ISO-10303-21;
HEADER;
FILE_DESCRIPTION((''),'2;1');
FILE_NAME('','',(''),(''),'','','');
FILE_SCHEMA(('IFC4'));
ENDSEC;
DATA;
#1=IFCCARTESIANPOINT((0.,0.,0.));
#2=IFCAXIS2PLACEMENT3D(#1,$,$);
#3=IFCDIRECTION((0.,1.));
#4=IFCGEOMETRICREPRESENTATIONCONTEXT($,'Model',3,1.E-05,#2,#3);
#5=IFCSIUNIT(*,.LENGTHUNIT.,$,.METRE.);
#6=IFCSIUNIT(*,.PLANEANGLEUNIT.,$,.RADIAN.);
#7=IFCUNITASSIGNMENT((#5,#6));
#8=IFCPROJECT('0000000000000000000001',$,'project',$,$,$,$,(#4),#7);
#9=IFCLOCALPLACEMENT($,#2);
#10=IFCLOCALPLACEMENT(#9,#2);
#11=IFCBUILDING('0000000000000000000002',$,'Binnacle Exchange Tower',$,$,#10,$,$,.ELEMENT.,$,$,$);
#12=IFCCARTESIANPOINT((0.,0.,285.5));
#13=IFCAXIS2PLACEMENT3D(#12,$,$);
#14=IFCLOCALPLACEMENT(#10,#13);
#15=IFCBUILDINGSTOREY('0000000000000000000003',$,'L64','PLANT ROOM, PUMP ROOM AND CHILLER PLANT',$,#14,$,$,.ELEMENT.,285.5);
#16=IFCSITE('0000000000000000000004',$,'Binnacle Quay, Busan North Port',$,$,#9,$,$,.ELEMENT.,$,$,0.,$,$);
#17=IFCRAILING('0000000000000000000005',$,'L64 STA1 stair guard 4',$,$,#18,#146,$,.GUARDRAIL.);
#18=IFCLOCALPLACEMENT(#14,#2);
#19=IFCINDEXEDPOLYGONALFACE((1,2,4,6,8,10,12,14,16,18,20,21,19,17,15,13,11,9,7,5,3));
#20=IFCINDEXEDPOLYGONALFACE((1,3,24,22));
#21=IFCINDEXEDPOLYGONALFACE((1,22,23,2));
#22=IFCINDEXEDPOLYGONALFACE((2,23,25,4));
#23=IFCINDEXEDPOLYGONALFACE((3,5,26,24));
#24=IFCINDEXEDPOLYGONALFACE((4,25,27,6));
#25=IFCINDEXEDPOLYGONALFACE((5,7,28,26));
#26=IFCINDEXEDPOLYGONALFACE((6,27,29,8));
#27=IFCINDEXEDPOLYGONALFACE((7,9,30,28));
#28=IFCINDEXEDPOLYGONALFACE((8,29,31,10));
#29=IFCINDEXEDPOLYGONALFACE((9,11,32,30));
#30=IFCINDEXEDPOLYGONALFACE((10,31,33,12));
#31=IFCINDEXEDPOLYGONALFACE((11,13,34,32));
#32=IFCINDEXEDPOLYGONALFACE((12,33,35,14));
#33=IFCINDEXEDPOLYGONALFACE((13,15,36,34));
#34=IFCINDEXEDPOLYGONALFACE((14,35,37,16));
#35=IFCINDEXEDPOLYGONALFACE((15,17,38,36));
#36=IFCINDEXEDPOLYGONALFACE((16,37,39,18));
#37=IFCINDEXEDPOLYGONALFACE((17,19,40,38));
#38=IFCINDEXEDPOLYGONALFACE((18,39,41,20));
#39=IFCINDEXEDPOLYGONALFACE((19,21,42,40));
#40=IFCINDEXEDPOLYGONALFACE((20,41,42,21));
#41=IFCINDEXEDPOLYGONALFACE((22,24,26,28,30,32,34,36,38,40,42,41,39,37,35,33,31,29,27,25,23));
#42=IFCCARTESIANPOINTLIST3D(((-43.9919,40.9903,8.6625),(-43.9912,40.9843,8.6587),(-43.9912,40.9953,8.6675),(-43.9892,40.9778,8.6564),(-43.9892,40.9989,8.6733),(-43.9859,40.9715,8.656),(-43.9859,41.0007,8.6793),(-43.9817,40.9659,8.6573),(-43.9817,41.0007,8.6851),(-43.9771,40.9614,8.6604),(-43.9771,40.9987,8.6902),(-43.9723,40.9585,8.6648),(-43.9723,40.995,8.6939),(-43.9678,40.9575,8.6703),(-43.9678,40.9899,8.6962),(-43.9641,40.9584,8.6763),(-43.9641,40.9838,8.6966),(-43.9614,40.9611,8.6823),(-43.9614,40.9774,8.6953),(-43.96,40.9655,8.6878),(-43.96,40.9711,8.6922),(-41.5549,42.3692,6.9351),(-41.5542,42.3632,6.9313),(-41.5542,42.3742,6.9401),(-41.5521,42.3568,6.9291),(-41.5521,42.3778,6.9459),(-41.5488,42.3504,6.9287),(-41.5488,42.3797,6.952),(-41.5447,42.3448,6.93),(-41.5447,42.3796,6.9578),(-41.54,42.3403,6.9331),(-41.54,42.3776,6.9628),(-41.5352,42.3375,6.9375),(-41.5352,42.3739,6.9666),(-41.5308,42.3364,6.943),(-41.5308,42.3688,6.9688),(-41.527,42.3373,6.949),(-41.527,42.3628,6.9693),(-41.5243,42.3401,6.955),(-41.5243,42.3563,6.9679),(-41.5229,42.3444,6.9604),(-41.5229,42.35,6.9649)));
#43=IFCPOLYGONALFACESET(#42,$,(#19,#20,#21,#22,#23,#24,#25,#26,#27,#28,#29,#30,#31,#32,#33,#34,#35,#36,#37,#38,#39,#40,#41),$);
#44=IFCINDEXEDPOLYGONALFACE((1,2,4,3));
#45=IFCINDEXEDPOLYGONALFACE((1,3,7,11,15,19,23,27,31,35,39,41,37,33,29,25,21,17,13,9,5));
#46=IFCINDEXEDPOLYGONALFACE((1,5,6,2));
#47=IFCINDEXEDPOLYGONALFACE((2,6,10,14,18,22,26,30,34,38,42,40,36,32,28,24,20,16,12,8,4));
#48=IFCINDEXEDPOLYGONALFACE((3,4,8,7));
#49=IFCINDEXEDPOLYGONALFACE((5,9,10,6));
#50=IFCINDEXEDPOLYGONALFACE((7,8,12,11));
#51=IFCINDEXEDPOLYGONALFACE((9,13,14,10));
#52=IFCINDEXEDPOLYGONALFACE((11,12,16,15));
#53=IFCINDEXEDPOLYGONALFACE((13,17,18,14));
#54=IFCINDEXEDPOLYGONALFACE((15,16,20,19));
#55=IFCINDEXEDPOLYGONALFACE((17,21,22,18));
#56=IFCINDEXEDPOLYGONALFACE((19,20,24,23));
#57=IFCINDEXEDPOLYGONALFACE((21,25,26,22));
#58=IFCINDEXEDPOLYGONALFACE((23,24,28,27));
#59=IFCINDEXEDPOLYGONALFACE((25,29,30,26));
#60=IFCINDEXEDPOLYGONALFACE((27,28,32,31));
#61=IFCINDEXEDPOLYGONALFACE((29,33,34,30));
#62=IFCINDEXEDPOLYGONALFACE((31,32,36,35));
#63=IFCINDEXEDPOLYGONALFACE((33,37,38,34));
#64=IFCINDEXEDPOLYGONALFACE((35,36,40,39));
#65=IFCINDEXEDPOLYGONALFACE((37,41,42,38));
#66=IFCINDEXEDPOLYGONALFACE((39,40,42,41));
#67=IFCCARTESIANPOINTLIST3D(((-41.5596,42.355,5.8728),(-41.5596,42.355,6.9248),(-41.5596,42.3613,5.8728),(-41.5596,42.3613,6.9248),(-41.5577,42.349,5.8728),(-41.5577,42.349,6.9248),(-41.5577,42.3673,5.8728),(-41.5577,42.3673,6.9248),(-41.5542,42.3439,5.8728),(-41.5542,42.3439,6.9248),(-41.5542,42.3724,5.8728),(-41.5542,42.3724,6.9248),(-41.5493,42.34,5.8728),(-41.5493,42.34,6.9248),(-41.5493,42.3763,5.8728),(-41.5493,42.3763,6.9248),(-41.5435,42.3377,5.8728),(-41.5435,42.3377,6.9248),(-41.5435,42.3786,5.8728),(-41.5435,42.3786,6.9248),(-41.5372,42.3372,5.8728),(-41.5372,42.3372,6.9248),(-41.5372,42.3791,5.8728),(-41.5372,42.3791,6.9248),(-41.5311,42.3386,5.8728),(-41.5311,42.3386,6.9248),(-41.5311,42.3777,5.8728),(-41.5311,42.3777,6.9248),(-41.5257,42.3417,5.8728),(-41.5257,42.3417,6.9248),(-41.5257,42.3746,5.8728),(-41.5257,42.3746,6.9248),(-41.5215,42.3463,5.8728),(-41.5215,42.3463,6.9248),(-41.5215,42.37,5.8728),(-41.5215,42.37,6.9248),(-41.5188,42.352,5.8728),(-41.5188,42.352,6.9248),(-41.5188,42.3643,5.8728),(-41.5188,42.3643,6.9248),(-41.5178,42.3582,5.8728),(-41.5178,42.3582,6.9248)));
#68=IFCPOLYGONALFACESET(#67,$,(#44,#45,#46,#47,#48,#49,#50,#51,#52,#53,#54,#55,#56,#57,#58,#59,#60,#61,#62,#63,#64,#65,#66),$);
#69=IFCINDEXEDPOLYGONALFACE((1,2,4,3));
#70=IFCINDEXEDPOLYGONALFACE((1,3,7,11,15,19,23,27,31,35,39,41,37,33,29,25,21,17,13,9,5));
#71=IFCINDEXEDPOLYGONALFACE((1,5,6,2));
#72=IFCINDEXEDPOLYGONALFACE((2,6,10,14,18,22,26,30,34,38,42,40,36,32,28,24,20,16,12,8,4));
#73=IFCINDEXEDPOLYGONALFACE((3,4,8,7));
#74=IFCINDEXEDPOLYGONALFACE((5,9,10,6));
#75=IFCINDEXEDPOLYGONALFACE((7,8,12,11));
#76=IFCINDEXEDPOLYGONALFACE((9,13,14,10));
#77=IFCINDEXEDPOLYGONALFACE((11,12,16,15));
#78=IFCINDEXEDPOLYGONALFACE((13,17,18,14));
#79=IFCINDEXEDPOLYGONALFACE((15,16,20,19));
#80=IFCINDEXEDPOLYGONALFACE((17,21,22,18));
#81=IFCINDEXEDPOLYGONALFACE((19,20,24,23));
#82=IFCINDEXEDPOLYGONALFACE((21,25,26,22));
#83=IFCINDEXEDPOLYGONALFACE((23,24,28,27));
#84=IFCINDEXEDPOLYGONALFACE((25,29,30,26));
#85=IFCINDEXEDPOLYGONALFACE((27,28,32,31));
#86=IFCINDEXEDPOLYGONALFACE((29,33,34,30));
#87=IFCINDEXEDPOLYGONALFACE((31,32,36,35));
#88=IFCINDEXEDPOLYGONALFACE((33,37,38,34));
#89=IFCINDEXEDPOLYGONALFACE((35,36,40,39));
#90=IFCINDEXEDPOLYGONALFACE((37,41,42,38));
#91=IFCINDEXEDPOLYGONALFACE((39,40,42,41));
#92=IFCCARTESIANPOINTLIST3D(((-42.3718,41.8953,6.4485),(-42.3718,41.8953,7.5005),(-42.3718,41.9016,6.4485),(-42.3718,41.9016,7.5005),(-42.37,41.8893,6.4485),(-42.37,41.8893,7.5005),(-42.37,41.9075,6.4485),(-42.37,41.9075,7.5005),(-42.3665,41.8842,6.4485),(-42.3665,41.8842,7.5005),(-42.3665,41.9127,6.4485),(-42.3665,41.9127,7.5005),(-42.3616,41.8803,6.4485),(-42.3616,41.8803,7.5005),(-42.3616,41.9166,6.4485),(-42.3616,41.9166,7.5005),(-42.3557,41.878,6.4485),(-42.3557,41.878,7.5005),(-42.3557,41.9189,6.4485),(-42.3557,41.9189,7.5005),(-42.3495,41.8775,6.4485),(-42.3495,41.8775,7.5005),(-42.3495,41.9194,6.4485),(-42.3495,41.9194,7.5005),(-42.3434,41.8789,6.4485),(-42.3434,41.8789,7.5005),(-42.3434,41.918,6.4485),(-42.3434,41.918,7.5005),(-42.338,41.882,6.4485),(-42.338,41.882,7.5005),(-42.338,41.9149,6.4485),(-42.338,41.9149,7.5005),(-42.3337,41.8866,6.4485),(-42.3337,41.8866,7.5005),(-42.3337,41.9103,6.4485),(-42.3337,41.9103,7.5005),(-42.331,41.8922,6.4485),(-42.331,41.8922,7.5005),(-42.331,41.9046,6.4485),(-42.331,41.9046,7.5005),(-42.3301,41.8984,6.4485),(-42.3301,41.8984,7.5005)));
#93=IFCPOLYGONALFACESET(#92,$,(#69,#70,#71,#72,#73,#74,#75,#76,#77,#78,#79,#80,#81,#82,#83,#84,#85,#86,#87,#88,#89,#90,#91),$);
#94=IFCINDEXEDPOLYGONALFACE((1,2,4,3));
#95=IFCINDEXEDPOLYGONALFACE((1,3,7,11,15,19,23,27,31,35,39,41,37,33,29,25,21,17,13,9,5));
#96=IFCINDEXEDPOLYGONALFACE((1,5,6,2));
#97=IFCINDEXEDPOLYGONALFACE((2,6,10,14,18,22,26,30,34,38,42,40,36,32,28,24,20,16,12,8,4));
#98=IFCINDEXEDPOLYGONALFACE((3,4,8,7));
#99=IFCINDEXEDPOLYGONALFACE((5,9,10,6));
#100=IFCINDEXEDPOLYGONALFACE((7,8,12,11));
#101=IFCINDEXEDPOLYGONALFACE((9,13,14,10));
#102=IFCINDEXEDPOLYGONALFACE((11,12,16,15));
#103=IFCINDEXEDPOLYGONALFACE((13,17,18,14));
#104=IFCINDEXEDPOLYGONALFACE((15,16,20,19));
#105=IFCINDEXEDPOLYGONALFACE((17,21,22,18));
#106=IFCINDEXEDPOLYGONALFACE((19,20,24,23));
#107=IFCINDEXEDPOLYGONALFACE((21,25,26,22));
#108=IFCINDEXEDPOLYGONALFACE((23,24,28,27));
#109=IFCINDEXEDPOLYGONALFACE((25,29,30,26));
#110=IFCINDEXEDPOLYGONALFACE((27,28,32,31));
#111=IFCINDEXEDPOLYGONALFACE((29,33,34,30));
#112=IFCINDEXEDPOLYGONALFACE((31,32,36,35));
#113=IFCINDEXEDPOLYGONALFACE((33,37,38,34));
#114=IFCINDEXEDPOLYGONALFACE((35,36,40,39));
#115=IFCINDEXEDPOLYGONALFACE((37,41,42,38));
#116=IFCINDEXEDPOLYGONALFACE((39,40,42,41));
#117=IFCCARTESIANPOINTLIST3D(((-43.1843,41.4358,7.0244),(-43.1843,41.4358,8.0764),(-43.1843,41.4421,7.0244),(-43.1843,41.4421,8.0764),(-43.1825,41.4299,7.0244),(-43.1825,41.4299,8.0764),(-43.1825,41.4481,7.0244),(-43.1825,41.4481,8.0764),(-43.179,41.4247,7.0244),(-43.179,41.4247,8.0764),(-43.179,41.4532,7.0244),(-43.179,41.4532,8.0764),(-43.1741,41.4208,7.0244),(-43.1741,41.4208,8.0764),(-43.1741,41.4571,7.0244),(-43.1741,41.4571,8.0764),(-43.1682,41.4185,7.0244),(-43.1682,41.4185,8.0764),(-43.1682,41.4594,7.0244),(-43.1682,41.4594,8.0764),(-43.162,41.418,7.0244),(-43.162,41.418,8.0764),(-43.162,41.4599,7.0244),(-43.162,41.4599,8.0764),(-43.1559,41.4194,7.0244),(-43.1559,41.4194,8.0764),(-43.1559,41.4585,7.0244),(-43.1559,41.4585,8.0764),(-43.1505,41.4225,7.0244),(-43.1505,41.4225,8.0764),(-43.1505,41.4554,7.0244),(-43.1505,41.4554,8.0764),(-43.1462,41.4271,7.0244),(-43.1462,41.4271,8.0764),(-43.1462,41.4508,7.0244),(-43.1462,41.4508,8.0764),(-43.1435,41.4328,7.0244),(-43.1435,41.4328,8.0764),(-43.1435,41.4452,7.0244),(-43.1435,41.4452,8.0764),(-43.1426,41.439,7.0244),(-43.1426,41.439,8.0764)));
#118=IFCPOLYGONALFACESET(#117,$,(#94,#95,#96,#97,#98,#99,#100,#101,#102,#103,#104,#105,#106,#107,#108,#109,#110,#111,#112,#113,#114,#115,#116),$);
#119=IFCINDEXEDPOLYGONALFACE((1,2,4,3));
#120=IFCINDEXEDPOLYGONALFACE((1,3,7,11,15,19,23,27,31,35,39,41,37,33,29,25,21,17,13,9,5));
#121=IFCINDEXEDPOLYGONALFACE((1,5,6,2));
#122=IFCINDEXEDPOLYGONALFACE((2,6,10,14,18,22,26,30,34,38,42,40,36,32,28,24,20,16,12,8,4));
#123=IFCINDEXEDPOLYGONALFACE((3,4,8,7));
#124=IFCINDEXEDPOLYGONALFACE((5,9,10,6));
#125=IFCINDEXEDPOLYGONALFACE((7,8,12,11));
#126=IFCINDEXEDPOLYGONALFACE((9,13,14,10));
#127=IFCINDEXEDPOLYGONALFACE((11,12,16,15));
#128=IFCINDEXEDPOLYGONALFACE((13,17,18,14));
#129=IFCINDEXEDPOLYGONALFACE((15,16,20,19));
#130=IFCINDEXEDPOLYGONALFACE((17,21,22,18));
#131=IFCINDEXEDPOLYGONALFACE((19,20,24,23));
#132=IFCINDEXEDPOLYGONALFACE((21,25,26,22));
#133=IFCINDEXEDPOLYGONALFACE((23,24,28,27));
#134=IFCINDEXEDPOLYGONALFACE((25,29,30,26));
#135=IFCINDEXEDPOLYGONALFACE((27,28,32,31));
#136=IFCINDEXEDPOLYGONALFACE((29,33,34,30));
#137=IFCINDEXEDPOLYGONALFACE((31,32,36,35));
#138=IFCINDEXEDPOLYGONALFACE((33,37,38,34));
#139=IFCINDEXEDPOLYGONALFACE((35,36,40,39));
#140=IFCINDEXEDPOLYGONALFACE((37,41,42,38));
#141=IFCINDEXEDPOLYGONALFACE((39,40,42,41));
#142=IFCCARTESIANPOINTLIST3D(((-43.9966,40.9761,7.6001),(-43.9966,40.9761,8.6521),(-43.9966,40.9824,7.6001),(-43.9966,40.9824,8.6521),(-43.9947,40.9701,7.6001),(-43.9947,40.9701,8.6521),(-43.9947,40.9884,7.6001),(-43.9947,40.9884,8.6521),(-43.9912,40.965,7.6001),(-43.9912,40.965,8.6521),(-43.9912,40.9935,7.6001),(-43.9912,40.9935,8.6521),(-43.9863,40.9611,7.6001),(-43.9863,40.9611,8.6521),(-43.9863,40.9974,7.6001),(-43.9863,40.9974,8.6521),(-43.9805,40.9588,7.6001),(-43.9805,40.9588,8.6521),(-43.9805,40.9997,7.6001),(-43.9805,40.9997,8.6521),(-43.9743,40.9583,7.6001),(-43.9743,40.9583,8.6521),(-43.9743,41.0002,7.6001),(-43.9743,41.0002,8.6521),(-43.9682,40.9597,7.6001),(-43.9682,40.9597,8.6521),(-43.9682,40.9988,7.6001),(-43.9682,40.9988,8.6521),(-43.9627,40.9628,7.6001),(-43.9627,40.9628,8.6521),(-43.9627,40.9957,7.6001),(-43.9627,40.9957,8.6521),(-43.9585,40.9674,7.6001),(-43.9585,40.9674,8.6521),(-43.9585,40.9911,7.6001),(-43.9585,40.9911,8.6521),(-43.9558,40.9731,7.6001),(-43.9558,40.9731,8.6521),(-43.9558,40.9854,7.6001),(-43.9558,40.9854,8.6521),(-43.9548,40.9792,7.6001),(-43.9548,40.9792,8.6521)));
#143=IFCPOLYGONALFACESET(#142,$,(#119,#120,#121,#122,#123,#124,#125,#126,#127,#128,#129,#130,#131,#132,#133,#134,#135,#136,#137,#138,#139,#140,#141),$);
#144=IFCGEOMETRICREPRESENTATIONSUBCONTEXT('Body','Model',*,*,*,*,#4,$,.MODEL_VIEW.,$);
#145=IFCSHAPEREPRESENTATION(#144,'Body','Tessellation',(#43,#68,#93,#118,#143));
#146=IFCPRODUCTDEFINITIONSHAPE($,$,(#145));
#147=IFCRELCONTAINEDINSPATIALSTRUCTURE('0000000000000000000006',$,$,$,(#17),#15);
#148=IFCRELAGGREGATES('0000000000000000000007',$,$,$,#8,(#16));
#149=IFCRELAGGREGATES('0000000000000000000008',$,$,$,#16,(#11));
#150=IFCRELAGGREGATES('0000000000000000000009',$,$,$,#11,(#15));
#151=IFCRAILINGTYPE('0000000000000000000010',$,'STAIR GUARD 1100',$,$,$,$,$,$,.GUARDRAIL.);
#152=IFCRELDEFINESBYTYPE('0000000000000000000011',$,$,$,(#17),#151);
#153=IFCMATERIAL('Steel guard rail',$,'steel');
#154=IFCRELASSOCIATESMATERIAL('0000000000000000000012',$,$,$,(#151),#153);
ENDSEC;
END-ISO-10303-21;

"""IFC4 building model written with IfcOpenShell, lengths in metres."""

from ifc_helpers import new_model, si_unit, direction, frame, origin, origin_2d, place, context, subcontext, project, spatial, circle, extrude, material, type_object, element, save


model = new_model("IFC4")

# Units and contexts
model_context = context("Model", 3, precision=1e-05, world=origin(), true_north=direction((0.0, 1.0)))
body_context = subcontext(model_context, "Body", "Model", "MODEL_VIEW")
ifc_project = project(units=[si_unit("LENGTHUNIT", "METRE"), si_unit("PLANEANGLEUNIT", "RADIAN")], contexts=[model_context])

# Site, building, storey
site_placement = place(None, origin())
site = spatial("IfcSite", under=ifc_project, at=site_placement, Name="Binnacle Quay, Busan North Port", CompositionType="ELEMENT", RefElevation=0.0)
building_placement = place(site_placement, origin())
building = spatial("IfcBuilding", under=site, at=building_placement, Name="Binnacle Exchange Tower", CompositionType="ELEMENT")
storey_placement = place(building_placement, frame((0.0, 0.0, 285.5)))
storey = spatial("IfcBuildingStorey", under=building, at=storey_placement, Name="L64", Description="PLANT ROOM, PUMP ROOM AND CHILLER PLANT", CompositionType="ELEMENT", Elevation=285.5)

# Railing
ifc_material_1 = material(Name="Steel guard rail", Category="steel")
railing_type_1 = type_object("IfcRailingType", Name="STAIR GUARD 1100", PredefinedType="GUARDRAIL", material=ifc_material_1)
railing_1_placement = place(storey_placement, frame((-41.5388, 42.3582, 5.8728)))
element("IfcRailing", 1, at=railing_1_placement, inside=storey, type_object=railing_type_1, Name="L64 STA1 stair guard 4", PredefinedType="GUARDRAIL", context=body_context, shape_type="SweptSolid", body=[
    extrude(circle(Radius=0.0239, at=origin_2d()), frame((0.0, 0.0, 1.0762), z_axis=(-0.740738, -0.419123, 0.525017), x_axis=(0.492454, -0.870339, 0.0)), (0.0, 0.0, 1.0), 3.29),
    extrude(circle(Radius=0.021, at=origin_2d()), origin(), (0.0, 0.0, 1.0), 1.052),
    extrude(circle(Radius=0.021, at=origin_2d()), frame((-0.8123, -0.4597, 0.5757)), (0.0, 0.0, 1.0), 1.052),
    extrude(circle(Radius=0.021, at=origin_2d()), frame((-1.6248, -0.9192, 1.1516)), (0.0, 0.0, 1.0), 1.052),
    extrude(circle(Radius=0.021, at=origin_2d()), frame((-2.437, -1.3789, 1.7273)), (0.0, 0.0, 1.0), 1.052),
])

save(model, "model.ifc")
